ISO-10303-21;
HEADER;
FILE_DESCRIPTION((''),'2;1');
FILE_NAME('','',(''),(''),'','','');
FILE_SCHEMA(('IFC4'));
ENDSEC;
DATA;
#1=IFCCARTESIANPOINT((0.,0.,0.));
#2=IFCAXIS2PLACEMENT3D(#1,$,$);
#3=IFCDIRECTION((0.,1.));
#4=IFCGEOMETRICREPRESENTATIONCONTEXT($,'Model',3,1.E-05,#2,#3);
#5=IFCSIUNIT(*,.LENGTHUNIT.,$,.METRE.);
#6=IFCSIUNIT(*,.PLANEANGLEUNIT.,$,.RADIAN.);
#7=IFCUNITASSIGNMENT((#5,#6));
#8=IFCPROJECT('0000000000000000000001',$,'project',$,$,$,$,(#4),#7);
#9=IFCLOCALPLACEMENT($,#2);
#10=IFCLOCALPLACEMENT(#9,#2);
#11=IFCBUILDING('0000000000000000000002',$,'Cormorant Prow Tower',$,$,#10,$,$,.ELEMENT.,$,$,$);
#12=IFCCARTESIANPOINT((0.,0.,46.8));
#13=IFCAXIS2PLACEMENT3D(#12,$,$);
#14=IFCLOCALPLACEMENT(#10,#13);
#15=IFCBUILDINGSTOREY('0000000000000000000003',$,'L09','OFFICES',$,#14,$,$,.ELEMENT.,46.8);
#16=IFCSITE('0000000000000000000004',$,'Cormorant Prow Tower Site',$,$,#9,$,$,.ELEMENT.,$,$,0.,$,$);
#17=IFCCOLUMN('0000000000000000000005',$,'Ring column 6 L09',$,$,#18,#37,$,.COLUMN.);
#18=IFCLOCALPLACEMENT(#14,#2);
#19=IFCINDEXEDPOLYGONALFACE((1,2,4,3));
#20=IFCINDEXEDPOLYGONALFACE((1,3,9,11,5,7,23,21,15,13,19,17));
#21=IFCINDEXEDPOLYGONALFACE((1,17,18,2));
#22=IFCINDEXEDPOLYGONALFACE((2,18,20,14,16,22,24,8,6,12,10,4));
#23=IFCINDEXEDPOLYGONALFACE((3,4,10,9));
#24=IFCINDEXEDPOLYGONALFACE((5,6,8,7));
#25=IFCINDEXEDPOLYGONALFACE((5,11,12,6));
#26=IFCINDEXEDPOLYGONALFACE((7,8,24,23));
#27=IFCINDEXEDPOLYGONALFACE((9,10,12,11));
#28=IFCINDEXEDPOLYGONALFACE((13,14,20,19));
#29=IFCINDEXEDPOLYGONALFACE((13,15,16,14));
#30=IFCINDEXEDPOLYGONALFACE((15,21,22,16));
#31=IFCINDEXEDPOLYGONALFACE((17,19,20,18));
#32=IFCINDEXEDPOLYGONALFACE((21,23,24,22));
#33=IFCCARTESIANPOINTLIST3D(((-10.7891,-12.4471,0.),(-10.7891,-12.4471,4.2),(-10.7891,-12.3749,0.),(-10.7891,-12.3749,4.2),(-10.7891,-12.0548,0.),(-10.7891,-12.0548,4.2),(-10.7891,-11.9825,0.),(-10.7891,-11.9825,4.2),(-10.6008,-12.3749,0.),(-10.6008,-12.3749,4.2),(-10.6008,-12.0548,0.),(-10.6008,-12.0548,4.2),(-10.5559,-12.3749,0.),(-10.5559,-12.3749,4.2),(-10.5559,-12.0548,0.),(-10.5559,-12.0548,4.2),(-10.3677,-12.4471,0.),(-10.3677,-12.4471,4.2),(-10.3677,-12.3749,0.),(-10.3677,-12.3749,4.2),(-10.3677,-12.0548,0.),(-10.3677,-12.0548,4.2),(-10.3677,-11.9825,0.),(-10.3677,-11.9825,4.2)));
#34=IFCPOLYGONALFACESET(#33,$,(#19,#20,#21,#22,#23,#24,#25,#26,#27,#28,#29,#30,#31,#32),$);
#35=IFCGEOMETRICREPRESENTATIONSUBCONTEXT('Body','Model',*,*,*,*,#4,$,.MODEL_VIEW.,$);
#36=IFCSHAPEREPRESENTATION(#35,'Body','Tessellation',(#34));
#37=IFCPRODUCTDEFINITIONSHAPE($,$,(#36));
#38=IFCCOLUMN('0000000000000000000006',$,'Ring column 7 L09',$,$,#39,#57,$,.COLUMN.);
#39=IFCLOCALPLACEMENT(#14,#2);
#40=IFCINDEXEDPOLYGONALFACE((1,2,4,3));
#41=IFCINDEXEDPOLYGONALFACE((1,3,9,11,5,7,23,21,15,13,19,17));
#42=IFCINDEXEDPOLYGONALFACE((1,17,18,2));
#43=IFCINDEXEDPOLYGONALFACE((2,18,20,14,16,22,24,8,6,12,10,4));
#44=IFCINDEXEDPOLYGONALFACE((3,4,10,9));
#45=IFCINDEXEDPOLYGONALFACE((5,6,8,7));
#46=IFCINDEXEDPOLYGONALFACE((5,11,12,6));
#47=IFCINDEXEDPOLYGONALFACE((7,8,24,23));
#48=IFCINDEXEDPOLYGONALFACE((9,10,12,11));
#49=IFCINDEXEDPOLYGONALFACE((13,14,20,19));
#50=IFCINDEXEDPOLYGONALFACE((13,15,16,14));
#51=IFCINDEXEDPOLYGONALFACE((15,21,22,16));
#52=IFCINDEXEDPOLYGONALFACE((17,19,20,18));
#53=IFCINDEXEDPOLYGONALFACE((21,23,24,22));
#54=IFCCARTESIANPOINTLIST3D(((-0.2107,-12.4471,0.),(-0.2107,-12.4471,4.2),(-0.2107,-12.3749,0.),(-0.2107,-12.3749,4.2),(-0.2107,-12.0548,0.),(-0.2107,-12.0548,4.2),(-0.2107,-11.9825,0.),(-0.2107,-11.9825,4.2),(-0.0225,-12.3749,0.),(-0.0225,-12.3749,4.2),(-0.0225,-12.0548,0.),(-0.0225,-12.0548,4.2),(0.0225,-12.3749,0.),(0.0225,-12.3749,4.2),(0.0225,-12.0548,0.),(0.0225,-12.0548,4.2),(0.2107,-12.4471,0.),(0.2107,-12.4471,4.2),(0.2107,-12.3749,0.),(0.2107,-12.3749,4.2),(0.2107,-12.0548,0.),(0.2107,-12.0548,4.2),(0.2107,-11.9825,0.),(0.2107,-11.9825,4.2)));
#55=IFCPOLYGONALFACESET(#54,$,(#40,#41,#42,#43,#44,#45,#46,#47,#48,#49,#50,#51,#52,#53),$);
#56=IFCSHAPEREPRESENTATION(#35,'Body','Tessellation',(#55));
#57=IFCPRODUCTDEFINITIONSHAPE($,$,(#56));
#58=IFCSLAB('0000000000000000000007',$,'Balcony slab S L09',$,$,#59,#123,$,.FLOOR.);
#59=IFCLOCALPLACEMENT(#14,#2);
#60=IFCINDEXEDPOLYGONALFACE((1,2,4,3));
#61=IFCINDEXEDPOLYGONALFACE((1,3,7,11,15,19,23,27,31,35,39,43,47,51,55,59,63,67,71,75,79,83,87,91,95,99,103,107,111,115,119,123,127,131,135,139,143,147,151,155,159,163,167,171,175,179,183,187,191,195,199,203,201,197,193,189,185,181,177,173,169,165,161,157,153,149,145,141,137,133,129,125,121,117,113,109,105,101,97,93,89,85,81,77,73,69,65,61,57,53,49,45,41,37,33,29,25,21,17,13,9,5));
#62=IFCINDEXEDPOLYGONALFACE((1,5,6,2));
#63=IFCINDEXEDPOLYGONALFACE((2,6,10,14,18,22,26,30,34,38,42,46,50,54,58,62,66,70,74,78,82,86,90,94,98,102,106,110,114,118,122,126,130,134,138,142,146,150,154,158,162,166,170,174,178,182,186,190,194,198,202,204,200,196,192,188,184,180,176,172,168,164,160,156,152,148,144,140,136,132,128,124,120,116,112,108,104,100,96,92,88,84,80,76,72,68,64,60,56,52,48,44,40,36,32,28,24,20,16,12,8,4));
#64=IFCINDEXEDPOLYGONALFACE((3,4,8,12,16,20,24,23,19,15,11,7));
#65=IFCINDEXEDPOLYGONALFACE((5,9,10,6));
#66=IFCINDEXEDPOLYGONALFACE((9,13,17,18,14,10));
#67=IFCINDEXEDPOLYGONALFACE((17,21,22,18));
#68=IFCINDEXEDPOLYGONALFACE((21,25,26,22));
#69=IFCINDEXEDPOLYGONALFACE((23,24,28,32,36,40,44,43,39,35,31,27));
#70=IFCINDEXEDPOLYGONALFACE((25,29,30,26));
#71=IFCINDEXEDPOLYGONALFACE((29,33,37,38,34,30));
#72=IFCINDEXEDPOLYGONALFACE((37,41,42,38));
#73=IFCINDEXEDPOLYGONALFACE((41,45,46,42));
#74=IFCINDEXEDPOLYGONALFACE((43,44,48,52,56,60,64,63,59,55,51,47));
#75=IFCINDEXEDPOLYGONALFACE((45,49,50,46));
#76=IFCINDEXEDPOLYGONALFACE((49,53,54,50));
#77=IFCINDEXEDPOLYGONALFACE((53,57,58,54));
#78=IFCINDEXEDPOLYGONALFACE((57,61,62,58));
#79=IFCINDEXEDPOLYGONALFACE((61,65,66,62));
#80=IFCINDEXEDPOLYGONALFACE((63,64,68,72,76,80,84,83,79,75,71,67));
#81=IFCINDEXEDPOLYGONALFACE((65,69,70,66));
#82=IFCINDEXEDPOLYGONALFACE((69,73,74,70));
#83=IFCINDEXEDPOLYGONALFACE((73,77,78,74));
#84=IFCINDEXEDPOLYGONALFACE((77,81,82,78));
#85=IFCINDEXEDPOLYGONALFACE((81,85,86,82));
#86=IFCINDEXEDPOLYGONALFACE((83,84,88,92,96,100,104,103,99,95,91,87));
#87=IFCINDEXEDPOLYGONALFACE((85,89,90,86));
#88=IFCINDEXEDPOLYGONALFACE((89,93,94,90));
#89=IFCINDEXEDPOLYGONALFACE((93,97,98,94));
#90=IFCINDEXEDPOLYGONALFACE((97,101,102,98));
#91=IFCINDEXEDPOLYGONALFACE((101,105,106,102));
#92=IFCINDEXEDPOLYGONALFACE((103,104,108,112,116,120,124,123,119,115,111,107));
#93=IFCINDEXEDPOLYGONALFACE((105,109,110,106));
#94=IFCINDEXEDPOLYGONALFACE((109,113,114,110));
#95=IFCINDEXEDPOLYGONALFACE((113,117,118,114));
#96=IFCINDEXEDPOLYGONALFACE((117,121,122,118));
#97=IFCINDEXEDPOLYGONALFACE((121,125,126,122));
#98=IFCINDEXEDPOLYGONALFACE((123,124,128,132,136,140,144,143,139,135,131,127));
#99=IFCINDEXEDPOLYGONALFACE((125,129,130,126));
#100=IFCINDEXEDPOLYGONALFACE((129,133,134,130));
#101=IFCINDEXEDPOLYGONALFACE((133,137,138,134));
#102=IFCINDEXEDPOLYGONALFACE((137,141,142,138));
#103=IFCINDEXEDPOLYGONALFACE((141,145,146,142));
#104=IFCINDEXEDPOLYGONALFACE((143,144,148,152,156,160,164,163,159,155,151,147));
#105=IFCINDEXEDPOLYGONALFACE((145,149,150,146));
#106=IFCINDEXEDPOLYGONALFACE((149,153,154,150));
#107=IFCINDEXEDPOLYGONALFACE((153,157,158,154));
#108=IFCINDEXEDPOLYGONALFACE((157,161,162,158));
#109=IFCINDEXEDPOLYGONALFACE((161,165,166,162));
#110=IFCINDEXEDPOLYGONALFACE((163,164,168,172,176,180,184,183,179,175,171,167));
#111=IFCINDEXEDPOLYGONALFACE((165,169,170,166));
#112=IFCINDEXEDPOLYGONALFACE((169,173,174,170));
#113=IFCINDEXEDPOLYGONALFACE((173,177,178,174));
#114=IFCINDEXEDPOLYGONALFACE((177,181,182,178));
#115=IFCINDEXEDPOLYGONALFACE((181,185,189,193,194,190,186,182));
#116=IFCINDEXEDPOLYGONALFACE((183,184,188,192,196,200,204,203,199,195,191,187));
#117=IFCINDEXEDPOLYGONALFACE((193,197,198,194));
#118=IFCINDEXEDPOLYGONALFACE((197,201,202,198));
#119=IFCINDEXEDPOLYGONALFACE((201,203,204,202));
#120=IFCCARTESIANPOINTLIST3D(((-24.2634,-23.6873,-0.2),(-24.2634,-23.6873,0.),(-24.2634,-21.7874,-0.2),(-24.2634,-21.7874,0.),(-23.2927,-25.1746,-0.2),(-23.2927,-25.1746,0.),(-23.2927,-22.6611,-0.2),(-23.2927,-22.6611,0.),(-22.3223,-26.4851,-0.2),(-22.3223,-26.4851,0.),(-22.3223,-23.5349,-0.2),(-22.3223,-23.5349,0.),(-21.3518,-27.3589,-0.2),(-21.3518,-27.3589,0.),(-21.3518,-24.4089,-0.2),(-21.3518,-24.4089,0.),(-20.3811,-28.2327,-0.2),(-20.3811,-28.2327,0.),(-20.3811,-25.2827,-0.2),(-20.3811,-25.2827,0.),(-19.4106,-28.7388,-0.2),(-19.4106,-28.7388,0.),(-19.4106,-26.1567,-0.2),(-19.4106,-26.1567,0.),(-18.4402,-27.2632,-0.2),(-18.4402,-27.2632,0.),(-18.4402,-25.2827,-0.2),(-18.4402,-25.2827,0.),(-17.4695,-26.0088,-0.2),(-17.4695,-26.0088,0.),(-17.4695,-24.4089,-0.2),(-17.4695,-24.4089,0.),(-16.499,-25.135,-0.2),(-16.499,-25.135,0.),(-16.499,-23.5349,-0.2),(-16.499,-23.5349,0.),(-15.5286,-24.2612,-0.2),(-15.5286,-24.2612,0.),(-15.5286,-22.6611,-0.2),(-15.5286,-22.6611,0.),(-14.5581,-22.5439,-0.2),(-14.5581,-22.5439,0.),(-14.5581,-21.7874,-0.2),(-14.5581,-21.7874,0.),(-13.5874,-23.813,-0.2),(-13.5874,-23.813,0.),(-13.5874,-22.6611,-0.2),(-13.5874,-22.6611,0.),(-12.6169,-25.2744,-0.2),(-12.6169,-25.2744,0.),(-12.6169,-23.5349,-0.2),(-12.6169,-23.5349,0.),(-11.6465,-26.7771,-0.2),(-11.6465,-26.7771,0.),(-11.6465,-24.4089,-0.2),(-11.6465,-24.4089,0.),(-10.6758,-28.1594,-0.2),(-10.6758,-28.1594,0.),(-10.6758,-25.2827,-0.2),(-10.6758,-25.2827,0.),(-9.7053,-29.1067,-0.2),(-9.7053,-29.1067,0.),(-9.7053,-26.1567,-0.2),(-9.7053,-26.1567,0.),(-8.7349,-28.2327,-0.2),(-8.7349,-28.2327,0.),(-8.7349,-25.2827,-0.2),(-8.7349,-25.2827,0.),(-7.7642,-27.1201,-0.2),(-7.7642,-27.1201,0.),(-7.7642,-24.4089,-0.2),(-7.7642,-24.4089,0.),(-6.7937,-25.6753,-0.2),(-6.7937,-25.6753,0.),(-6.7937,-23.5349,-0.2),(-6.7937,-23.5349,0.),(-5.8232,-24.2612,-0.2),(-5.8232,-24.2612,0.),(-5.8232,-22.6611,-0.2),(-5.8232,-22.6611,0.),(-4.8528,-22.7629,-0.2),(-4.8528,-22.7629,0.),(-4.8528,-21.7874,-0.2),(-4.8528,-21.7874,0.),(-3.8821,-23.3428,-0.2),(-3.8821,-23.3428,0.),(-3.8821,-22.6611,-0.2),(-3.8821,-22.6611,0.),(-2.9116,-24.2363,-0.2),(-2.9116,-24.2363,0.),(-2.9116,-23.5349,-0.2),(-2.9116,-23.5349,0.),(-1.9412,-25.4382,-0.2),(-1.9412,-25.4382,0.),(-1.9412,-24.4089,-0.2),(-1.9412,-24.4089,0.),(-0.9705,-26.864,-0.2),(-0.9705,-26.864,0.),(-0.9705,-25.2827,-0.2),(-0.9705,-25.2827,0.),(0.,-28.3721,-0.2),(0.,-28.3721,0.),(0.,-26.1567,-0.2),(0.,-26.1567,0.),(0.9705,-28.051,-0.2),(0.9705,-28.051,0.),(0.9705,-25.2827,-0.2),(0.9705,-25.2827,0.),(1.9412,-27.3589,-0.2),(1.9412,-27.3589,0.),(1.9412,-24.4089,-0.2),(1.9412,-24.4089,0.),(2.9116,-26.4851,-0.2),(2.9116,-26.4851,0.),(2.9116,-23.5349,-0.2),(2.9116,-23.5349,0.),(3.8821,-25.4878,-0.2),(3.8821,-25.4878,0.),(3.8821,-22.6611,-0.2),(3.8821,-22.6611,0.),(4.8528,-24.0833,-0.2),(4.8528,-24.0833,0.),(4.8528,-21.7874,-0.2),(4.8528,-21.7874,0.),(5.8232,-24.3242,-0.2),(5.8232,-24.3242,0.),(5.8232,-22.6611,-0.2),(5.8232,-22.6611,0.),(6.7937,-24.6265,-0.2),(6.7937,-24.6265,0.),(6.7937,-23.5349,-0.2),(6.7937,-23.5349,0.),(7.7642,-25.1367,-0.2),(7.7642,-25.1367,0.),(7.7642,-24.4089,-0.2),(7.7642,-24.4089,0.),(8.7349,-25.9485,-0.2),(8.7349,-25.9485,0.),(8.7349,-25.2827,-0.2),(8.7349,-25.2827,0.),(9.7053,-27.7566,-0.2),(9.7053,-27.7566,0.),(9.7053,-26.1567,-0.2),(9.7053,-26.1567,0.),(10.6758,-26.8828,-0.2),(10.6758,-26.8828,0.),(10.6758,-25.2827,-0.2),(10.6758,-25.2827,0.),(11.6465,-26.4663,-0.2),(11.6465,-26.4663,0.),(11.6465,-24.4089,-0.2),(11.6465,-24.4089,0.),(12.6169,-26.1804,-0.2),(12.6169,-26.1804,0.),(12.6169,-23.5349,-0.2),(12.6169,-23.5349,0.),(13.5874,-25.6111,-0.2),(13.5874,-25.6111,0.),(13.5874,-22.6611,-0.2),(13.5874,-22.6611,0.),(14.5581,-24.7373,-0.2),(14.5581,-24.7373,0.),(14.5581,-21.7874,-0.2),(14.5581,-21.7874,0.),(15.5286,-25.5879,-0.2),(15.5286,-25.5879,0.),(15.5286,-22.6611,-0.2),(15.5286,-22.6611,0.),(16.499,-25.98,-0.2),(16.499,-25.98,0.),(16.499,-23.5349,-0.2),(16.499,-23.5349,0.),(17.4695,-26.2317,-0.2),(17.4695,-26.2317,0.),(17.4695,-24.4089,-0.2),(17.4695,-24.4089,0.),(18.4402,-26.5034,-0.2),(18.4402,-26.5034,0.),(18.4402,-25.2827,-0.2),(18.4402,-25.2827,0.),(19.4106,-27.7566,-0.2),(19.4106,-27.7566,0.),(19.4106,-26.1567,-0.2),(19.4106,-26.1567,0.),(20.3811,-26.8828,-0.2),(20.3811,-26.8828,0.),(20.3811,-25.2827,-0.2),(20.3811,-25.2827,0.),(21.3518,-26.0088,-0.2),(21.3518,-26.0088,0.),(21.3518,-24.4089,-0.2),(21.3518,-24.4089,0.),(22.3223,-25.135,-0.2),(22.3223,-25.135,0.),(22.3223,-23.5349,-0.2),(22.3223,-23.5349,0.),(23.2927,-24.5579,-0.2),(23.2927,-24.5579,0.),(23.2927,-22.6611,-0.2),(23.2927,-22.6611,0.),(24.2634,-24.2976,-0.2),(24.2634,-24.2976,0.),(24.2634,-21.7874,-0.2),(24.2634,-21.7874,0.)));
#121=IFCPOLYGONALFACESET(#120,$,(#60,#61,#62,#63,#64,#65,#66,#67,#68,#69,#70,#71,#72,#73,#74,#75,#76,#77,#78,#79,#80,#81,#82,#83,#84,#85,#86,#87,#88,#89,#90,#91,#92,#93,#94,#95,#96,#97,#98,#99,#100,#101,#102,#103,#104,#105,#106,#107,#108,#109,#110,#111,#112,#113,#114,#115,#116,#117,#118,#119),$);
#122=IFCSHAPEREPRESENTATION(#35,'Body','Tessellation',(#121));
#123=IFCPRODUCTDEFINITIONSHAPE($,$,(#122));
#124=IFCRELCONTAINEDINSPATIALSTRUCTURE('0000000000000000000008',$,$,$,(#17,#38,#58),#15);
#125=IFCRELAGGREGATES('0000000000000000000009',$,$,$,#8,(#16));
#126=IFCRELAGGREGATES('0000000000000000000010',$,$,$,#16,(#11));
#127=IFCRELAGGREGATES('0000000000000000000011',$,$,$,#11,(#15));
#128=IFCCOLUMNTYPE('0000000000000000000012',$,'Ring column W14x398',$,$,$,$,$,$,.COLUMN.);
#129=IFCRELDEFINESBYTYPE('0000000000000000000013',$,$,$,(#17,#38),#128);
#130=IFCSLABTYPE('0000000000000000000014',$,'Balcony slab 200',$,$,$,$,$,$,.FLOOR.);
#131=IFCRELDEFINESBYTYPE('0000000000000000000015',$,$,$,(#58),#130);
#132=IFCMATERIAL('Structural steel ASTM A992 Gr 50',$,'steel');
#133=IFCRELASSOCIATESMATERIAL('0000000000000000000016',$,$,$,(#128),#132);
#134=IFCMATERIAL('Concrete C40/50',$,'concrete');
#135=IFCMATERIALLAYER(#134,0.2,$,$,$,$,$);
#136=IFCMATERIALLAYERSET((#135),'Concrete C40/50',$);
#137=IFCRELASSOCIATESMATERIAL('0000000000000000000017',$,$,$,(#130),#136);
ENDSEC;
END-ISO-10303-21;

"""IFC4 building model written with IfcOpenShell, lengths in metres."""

from ifc_helpers import new_model, si_unit, direction, frame, origin, origin_2d, place, context, subcontext, project, spatial, polyline, i_section, outline, extrude, material, layer, layer_set, material_profile, profile_set, type_object, element, save


model = new_model("IFC4")

# Units and contexts
model_context = context("Model", 3, precision=1e-05, world=origin(), true_north=direction((0.0, 1.0)))
body_context = subcontext(model_context, "Body", "Model", "MODEL_VIEW")
ifc_project = project(units=[si_unit("LENGTHUNIT", "METRE"), si_unit("PLANEANGLEUNIT", "RADIAN")], contexts=[model_context])

# Site, building, storey
site_placement = place(None, origin())
site = spatial("IfcSite", under=ifc_project, at=site_placement, Name="Cormorant Prow Tower Site", CompositionType="ELEMENT", RefElevation=0.0)
building_placement = place(site_placement, origin())
building = spatial("IfcBuilding", under=site, at=building_placement, Name="Cormorant Prow Tower", CompositionType="ELEMENT")
storey_placement = place(building_placement, frame((0.0, 0.0, 46.8)))
storey = spatial("IfcBuildingStorey", under=building, at=storey_placement, Name="L09", Description="OFFICES", CompositionType="ELEMENT", Elevation=46.8)

# Columns
ifc_material_1 = material(Name="Structural steel ASTM A992 Gr 50", Category="steel")
ifc_material_profile = material_profile(ifc_material_1, i_section(OverallWidth=0.4214, OverallDepth=0.4646, WebThickness=0.0449, FlangeThickness=0.0723, at=origin_2d()), Name="W14x398")
ifc_profile_set = profile_set([ifc_material_profile], Name="Structural steel ASTM A992 Gr 50")
column_type = type_object("IfcColumnType", Name="Ring column W14x398", PredefinedType="COLUMN", material=ifc_profile_set)
for number, where, z_axis, x_axis, name in (
    (1, (-10.5784, -12.2148, 0.0), (0.0, 0.0, 1.0), (1.0, 0.0, 0.0), "Ring column 6 L09"),
    (2, (0.0, -12.2148, 0.0), (0.0, 0.0, 1.0), (1.0, 0.0, 0.0), "Ring column 7 L09"),
):
    element("IfcColumn", number, at=place(storey_placement, frame(where, z_axis=z_axis, x_axis=x_axis)), inside=storey, type_object=column_type, Name=name, PredefinedType="COLUMN", context=body_context, shape_type="SweptSolid", body=[
        extrude(i_section(OverallWidth=0.4214, OverallDepth=0.4646, WebThickness=0.0449, FlangeThickness=0.0723, at=origin_2d()), origin(), (0.0, 0.0, 1.0), 4.2),
    ])

# Slab
ifc_material_2 = material(Name="Concrete C40/50", Category="concrete")
ifc_layer_1 = layer(ifc_material_2, 0.2)
ifc_layer_set_1 = layer_set([ifc_layer_1], Name="Concrete C40/50")
slab_type_1 = type_object("IfcSlabType", Name="Balcony slab 200", PredefinedType="FLOOR", material=ifc_layer_set_1)
slab_1_placement = place(storey_placement, frame((0.0, 0.0, -0.2)))
element("IfcSlab", 3, at=slab_1_placement, inside=storey, type_object=slab_type_1, Name="Balcony slab S L09", PredefinedType="FLOOR", context=body_context, shape_type="SweptSolid", body=[
    extrude(outline(polyline([(-24.2634, -21.7874), (-24.2634, -23.6873), (-23.2927, -25.1746), (-22.3223, -26.4851), (-21.3518, -27.3589), (-20.3811, -28.2327), (-19.4106, -28.7388), (-18.4402, -27.2632), (-17.4695, -26.0088), (-16.499, -25.135), (-15.5286, -24.2612), (-14.5581, -22.5439), (-13.5874, -23.813), (-12.6169, -25.2744), (-11.6465, -26.7771), (-10.6758, -28.1594), (-9.7053, -29.1067), (-8.7349, -28.2327), (-7.7642, -27.1201), (-6.7937, -25.6753), (-5.8232, -24.2612), (-4.8528, -22.7629), (-3.8821, -23.3428), (-2.9116, -24.2363), (-1.9412, -25.4382), (-0.9705, -26.864), (0.0, -28.3721), (0.9705, -28.051), (1.9412, -27.3589), (2.9116, -26.4851), (3.8821, -25.4878), (4.8528, -24.0833), (5.8232, -24.3242), (6.7937, -24.6265), (7.7642, -25.1367), (8.7349, -25.9485), (9.7053, -27.7566), (10.6758, -26.8828), (11.6465, -26.4663), (12.6169, -26.1804), (13.5874, -25.6111), (14.5581, -24.7373), (15.5286, -25.5879), (16.499, -25.98), (17.4695, -26.2317), (18.4402, -26.5034), (19.4106, -27.7566), (20.3811, -26.8828), (21.3518, -26.0088), (22.3223, -25.135), (23.2927, -24.5579), (24.2634, -24.2976), (24.2634, -21.7874), (23.2927, -22.6611), (22.3223, -23.5349), (21.3518, -24.4089), (20.3811, -25.2827), (19.4106, -26.1567), (18.4402, -25.2827), (17.4695, -24.4089), (16.499, -23.5349), (15.5286, -22.6611), (14.5581, -21.7874), (13.5874, -22.6611), (12.6169, -23.5349), (11.6465, -24.4089), (10.6758, -25.2827), (9.7053, -26.1567), (8.7349, -25.2827), (7.7642, -24.4089), (6.7937, -23.5349), (5.8232, -22.6611), (4.8528, -21.7874), (3.8821, -22.6611), (2.9116, -23.5349), (1.9412, -24.4089), (0.9705, -25.2827), (0.0, -26.1567), (-0.9705, -25.2827), (-1.9412, -24.4089), (-2.9116, -23.5349), (-3.8821, -22.6611), (-4.8528, -21.7874), (-5.8232, -22.6611), (-6.7937, -23.5349), (-7.7642, -24.4089), (-8.7349, -25.2827), (-9.7053, -26.1567), (-10.6758, -25.2827), (-11.6465, -24.4089), (-12.6169, -23.5349), (-13.5874, -22.6611), (-14.5581, -21.7874), (-15.5286, -22.6611), (-16.499, -23.5349), (-17.4695, -24.4089), (-18.4402, -25.2827), (-19.4106, -26.1567), (-20.3811, -25.2827), (-21.3518, -24.4089), (-22.3223, -23.5349), (-23.2927, -22.6611), (-24.2634, -21.7874)])), origin(), (0.0, 0.0, 1.0), 0.2),
])

save(model, "model.ifc")
